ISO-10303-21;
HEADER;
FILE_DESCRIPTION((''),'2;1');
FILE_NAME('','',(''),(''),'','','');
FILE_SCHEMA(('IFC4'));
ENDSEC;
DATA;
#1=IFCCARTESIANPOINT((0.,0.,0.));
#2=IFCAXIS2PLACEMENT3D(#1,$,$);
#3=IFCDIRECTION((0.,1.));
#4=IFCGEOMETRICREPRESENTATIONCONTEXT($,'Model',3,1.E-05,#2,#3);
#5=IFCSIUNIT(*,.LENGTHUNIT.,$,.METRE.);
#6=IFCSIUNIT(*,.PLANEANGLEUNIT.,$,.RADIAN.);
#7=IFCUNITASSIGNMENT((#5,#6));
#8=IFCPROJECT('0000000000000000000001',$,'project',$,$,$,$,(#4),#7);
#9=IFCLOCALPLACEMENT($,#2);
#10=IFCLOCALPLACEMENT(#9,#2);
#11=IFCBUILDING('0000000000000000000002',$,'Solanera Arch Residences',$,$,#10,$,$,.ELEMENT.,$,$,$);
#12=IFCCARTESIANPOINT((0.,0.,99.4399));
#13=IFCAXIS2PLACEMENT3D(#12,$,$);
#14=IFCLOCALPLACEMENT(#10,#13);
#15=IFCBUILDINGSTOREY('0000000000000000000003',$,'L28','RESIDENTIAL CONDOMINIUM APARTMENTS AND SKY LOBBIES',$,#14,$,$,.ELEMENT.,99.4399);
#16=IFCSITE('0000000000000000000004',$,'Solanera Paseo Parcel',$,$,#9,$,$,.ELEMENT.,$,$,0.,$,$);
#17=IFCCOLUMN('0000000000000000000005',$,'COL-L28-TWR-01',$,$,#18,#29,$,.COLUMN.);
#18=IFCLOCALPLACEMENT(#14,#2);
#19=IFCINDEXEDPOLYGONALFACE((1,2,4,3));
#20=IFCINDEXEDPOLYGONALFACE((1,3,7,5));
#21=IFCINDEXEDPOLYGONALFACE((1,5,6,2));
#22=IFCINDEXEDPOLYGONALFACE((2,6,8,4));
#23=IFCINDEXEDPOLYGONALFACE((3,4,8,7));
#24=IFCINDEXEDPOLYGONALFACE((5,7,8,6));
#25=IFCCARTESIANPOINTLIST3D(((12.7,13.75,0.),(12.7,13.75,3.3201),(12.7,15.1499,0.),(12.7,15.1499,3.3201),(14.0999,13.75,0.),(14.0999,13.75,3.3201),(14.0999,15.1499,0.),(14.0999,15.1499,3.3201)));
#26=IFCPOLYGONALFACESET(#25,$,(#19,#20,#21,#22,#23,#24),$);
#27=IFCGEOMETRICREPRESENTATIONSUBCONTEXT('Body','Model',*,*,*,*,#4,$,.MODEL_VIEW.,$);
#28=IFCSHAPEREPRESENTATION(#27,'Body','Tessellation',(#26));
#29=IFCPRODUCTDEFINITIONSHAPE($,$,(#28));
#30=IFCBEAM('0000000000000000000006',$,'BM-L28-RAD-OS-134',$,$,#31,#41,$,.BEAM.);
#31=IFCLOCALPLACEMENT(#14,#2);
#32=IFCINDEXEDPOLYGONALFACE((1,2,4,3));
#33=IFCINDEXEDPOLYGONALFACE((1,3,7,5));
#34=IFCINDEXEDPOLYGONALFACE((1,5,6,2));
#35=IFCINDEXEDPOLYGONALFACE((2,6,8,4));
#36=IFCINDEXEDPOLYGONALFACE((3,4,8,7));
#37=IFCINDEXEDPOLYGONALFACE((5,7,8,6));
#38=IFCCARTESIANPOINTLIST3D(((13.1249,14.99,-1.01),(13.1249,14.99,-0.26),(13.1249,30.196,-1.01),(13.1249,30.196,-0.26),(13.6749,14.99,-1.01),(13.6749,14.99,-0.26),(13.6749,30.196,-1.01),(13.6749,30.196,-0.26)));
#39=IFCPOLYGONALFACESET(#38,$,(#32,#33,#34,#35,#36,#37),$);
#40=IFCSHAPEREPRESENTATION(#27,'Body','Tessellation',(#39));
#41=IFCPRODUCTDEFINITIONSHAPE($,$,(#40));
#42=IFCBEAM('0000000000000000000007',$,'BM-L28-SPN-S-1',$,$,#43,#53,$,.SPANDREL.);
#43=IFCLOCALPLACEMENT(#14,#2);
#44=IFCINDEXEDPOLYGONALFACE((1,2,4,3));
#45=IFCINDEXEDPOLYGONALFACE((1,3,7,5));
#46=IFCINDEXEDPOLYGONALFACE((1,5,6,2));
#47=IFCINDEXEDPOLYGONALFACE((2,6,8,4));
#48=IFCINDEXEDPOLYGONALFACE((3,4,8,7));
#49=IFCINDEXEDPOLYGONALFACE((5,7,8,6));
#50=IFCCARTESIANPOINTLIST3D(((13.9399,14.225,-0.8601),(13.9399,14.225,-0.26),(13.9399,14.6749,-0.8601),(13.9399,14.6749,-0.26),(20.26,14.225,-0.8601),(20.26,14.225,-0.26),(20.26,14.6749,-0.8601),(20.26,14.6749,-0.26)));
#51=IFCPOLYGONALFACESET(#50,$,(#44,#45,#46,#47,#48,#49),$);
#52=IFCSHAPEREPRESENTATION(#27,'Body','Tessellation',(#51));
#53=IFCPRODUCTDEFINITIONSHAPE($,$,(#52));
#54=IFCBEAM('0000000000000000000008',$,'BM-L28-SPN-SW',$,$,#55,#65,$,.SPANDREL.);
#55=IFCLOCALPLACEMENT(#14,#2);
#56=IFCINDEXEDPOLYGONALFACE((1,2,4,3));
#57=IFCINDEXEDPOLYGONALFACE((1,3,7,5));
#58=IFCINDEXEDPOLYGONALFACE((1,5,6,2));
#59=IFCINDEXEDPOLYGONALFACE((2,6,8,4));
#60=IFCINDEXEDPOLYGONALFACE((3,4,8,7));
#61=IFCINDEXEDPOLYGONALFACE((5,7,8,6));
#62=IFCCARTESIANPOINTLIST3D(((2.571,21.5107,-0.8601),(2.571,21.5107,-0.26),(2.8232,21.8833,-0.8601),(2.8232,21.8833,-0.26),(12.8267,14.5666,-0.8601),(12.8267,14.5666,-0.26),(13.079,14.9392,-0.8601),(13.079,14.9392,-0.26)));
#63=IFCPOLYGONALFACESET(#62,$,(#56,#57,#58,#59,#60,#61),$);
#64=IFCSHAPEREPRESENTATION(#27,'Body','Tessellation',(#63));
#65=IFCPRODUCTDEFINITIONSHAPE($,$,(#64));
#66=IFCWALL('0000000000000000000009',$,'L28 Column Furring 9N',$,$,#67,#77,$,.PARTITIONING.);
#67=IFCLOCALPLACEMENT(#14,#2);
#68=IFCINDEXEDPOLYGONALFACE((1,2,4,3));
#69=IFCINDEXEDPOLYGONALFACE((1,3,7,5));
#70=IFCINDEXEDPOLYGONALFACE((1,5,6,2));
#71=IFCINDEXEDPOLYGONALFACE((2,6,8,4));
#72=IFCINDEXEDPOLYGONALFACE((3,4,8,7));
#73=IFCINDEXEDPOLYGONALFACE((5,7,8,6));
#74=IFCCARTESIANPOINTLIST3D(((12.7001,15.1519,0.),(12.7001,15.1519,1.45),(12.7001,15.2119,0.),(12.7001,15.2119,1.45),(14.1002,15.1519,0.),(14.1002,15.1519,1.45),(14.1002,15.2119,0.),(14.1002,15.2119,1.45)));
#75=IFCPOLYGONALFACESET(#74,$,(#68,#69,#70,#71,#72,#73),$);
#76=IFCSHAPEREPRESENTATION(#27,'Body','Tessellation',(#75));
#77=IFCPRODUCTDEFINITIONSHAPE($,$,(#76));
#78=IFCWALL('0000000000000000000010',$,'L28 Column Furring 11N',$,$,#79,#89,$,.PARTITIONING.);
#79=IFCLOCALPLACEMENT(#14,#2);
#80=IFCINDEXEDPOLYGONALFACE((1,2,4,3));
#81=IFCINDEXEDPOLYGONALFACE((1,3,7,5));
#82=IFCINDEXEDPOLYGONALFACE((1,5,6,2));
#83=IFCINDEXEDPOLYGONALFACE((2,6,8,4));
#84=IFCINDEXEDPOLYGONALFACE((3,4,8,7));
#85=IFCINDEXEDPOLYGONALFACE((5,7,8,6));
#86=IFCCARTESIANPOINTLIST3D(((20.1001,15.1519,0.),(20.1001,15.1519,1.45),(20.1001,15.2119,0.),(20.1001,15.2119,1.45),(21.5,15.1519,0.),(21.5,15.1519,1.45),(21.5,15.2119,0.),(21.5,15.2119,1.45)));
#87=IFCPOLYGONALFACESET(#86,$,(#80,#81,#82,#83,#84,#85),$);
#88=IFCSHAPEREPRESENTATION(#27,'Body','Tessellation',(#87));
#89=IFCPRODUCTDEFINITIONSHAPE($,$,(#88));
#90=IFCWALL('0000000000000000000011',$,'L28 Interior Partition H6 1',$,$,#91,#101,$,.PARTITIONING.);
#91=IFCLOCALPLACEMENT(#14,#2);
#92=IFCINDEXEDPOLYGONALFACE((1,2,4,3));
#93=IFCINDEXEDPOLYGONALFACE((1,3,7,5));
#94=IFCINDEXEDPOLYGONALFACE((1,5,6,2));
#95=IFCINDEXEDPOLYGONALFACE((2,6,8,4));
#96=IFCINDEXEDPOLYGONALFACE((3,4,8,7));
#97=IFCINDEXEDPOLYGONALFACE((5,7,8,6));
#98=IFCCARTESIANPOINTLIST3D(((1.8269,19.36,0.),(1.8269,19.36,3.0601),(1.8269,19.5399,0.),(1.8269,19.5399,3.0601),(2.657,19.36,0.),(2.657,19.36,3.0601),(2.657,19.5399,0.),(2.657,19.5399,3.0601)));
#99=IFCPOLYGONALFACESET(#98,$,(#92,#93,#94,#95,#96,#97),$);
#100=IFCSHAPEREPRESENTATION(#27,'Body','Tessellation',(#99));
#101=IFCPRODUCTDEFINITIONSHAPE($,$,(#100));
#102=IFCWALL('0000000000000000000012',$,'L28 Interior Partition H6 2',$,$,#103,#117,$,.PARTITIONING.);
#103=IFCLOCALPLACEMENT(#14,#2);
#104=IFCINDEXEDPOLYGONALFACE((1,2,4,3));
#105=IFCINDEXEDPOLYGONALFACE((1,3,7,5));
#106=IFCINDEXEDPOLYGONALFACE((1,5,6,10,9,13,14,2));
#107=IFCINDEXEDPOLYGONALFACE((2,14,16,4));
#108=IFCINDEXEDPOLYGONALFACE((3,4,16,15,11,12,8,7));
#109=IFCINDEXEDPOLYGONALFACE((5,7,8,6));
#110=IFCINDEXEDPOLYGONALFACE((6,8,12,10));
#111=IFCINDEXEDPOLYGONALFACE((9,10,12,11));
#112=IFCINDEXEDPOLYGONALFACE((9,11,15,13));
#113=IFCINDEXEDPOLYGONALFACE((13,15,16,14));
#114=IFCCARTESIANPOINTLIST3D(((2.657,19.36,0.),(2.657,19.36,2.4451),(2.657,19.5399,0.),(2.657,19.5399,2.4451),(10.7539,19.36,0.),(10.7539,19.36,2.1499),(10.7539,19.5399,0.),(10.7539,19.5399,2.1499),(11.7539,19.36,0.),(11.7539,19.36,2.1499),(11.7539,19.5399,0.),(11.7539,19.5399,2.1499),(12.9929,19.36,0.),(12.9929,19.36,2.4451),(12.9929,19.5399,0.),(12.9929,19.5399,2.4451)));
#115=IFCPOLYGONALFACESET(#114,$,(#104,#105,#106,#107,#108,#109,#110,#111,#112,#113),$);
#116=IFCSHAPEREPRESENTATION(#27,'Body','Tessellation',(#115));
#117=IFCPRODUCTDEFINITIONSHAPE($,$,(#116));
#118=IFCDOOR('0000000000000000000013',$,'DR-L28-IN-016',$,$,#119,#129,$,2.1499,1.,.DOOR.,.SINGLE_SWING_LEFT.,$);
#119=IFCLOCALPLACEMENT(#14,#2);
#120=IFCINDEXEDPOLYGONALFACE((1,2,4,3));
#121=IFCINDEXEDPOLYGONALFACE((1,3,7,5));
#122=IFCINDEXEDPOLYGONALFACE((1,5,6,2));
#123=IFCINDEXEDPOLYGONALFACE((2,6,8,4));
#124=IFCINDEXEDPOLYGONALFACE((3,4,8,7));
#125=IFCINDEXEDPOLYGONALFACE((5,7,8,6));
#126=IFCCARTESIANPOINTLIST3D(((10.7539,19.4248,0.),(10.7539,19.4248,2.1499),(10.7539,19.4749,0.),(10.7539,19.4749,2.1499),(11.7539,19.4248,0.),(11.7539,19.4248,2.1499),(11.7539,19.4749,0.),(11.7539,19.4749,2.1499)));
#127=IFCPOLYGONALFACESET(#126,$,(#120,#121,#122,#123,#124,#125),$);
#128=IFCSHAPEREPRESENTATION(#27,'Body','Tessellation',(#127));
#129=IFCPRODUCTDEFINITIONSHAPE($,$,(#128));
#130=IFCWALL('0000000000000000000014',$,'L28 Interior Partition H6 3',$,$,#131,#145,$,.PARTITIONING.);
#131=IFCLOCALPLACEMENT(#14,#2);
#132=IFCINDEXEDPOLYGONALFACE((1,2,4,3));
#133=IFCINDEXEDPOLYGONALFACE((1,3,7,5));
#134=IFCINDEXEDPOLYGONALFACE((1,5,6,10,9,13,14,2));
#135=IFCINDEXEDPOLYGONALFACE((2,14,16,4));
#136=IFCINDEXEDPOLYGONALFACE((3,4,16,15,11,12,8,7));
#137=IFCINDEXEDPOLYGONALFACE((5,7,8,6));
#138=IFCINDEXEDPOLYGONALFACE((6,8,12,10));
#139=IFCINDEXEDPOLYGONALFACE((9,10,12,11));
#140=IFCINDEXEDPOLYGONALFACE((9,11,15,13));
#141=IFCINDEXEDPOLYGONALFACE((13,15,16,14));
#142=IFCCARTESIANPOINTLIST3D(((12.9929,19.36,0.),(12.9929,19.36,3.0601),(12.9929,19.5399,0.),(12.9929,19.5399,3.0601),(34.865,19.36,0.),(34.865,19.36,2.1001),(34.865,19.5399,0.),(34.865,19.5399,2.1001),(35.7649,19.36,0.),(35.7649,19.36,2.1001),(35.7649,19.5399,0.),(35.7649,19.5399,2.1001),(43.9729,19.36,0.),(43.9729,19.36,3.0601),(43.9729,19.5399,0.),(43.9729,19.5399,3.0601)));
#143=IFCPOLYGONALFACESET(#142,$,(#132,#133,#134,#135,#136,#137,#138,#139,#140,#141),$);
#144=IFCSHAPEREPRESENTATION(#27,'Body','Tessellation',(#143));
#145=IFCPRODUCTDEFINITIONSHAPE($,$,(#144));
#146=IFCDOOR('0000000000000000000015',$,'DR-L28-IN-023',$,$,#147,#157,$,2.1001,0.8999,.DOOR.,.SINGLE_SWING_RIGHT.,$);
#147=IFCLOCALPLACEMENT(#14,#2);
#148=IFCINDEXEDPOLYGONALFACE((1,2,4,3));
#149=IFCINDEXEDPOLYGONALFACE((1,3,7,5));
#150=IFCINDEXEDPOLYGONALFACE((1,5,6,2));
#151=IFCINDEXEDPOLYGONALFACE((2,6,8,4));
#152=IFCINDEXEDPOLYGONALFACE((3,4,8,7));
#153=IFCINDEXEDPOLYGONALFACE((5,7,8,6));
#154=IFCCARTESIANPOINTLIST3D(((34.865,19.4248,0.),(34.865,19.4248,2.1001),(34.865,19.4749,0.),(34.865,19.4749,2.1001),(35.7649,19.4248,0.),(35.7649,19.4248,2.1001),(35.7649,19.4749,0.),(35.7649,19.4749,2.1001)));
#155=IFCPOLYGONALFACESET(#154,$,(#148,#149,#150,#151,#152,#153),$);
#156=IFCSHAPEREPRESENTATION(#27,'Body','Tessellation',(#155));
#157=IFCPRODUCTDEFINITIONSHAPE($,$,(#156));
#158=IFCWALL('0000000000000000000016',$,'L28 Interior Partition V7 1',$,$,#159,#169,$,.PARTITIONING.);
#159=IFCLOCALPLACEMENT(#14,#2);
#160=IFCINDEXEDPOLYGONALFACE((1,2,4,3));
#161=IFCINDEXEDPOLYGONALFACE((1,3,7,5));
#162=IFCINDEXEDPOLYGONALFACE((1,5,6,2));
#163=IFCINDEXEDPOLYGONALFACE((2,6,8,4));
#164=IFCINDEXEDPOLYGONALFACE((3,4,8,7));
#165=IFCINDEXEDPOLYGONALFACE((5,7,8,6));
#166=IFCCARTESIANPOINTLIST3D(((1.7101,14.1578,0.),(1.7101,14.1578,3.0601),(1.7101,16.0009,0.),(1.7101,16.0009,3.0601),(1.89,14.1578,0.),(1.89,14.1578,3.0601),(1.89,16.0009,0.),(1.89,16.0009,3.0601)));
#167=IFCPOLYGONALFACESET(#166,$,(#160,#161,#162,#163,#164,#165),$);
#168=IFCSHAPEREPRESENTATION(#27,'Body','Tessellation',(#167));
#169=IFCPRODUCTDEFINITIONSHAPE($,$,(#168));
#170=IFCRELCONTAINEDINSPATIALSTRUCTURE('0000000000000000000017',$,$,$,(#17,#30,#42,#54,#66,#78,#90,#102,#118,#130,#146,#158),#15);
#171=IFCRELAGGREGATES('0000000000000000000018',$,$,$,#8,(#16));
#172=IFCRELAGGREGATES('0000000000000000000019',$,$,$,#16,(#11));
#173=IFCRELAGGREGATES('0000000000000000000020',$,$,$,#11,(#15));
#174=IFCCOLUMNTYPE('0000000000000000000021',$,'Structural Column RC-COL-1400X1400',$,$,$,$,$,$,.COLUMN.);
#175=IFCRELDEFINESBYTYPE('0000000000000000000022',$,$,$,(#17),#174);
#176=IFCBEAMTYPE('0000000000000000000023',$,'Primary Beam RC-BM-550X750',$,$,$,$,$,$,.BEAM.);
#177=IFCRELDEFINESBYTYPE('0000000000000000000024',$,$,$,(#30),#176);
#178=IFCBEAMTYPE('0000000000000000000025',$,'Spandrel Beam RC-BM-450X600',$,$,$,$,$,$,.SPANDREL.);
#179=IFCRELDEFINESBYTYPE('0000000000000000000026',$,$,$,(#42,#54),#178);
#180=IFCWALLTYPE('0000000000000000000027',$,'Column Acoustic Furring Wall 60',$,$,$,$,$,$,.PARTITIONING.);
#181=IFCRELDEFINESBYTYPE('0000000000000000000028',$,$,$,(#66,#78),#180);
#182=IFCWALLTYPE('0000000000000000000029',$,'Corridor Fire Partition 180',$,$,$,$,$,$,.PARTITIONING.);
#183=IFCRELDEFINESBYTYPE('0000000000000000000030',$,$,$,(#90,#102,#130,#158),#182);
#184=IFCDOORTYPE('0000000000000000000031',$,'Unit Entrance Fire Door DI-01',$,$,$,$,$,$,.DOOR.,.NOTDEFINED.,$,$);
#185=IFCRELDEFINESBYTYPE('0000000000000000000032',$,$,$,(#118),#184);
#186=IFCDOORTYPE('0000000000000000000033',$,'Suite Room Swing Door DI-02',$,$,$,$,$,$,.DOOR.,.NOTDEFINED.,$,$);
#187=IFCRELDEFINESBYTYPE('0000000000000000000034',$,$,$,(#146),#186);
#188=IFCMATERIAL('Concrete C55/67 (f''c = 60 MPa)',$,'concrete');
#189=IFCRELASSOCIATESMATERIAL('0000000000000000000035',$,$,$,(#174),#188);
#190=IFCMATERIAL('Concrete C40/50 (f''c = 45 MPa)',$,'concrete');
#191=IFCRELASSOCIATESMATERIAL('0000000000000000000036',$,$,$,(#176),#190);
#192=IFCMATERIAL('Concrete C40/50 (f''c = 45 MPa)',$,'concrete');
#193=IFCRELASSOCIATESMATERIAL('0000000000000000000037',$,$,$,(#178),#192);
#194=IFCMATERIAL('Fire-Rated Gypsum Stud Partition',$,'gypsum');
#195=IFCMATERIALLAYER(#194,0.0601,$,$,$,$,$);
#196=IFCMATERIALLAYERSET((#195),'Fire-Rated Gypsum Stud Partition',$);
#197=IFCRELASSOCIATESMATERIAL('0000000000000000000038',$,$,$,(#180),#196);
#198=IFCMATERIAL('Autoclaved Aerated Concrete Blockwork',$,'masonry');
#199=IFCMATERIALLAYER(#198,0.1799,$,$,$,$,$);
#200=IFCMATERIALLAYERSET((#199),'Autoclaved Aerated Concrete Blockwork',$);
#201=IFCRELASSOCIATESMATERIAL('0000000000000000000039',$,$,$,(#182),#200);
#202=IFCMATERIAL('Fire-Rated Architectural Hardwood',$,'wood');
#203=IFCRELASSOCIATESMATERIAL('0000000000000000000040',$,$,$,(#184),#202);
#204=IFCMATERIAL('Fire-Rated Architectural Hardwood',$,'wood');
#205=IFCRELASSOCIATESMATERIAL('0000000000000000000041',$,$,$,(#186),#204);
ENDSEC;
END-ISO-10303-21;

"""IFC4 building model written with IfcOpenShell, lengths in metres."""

from ifc_helpers import new_model, si_unit, direction, frame, frame_2d, origin, origin_2d, place, context, subcontext, project, spatial, rectangle, extrude, material, layer, layer_set, material_profile, profile_set, type_object, element, fill, save


model = new_model("IFC4")

# Units and contexts
model_context = context("Model", 3, precision=1e-05, world=origin(), true_north=direction((0.0, 1.0)))
body_context = subcontext(model_context, "Body", "Model", "MODEL_VIEW")
ifc_project = project(units=[si_unit("LENGTHUNIT", "METRE"), si_unit("PLANEANGLEUNIT", "RADIAN")], contexts=[model_context])

# Site, building, storey
site_placement = place(None, origin())
site = spatial("IfcSite", under=ifc_project, at=site_placement, Name="Solanera Paseo Parcel", CompositionType="ELEMENT", RefElevation=0.0)
building_placement = place(site_placement, origin())
building = spatial("IfcBuilding", under=site, at=building_placement, Name="Solanera Arch Residences", CompositionType="ELEMENT")
storey_placement = place(building_placement, frame((0.0, 0.0, 99.4399)))
storey = spatial("IfcBuildingStorey", under=building, at=storey_placement, Name="L28", Description="RESIDENTIAL CONDOMINIUM APARTMENTS AND SKY LOBBIES", CompositionType="ELEMENT", Elevation=99.4399)

# Column
ifc_material_1 = material(Name="Concrete C55/67 (f'c = 60 MPa)", Category="concrete")
ifc_material_profile_1 = material_profile(ifc_material_1, rectangle(XDim=1.3999, YDim=1.3999, at=origin_2d()))
ifc_profile_set_1 = profile_set([ifc_material_profile_1], Name="Concrete C55/67 (f'c = 60 MPa)")
column_type = type_object("IfcColumnType", Name="Structural Column RC-COL-1400X1400", PredefinedType="COLUMN", material=ifc_profile_set_1)
column_placement = place(storey_placement, frame((13.3999, 14.45, 0.0), z_axis=(0.0, 0.0, 1.0), x_axis=(1.0, 0.0, 0.0)))
element("IfcColumn", 1, at=column_placement, inside=storey, type_object=column_type, Name="COL-L28-TWR-01", PredefinedType="COLUMN", context=body_context, shape_type="SweptSolid", body=[
    extrude(rectangle(XDim=1.3999, YDim=1.3999, at=origin_2d()), origin(), (0.0, 0.0, 1.0), 3.3201),
])

# Beams
ifc_material_2 = material(Name="Concrete C40/50 (f'c = 45 MPa)", Category="concrete")
ifc_material_profile_2 = material_profile(ifc_material_2, rectangle(XDim=0.55, YDim=0.75, at=origin_2d()))
ifc_profile_set_2 = profile_set([ifc_material_profile_2], Name="Concrete C40/50 (f'c = 45 MPa)")
beam_type_1 = type_object("IfcBeamType", Name="Primary Beam RC-BM-550X750", PredefinedType="BEAM", material=ifc_profile_set_2)
beam_1_placement = place(storey_placement, frame((13.3999, 14.99, -0.635), z_axis=(0.0, 1.0, 0.0), x_axis=(-1.0, 0.0, 0.0)))
element("IfcBeam", 2, at=beam_1_placement, inside=storey, type_object=beam_type_1, Name="BM-L28-RAD-OS-134", PredefinedType="BEAM", context=body_context, shape_type="SweptSolid", body=[
    extrude(rectangle(XDim=0.55, YDim=0.75, at=origin_2d()), origin(), (0.0, 0.0, 1.0), 15.2061),
])
ifc_material_3 = material(Name="Concrete C40/50 (f'c = 45 MPa)", Category="concrete")
ifc_material_profile_3 = material_profile(ifc_material_3, rectangle(XDim=0.45, YDim=0.6001, at=origin_2d()))
ifc_profile_set_3 = profile_set([ifc_material_profile_3], Name="Concrete C40/50 (f'c = 45 MPa)")
beam_type_2 = type_object("IfcBeamType", Name="Spandrel Beam RC-BM-450X600", PredefinedType="SPANDREL", material=ifc_profile_set_3)
beam_2_placement = place(storey_placement, frame((13.9399, 14.45, -0.5601), z_axis=(1.0, 0.0, 0.0), x_axis=(0.0, 1.0, 0.0)))
element("IfcBeam", 3, at=beam_2_placement, inside=storey, type_object=beam_type_2, Name="BM-L28-SPN-S-1", PredefinedType="SPANDREL", context=body_context, shape_type="SweptSolid", body=[
    extrude(rectangle(XDim=0.45, YDim=0.6001, at=origin_2d()), origin(), (0.0, 0.0, 1.0), 6.3201),
])
beam_3_placement = place(storey_placement, frame((12.9529, 14.7529, -0.5601), z_axis=(-0.828047, 0.560659, 0.0), x_axis=(-0.560659, -0.828047, 0.0)))
element("IfcBeam", 4, at=beam_3_placement, inside=storey, type_object=beam_type_2, Name="BM-L28-SPN-SW", PredefinedType="SPANDREL", context=body_context, shape_type="SweptSolid", body=[
    extrude(rectangle(XDim=0.45, YDim=0.6001, at=origin_2d()), origin(), (0.0, 0.0, 1.0), 12.3855),
])

# Walls
ifc_material_4 = material(Name="Fire-Rated Gypsum Stud Partition", Category="gypsum")
ifc_layer_1 = layer(ifc_material_4, 0.0601)
ifc_layer_set_1 = layer_set([ifc_layer_1], Name="Fire-Rated Gypsum Stud Partition")
wall_type_1 = type_object("IfcWallType", Name="Column Acoustic Furring Wall 60", PredefinedType="PARTITIONING", material=ifc_layer_set_1)
wall_1_placement = place(storey_placement, frame((12.7, 15.1819, 0.0), z_axis=(0.0, 0.0, 1.0), x_axis=(1.0, 0.0, 0.0)))
element("IfcWall", 5, at=wall_1_placement, inside=storey, type_object=wall_type_1, Name="L28 Column Furring 9N", PredefinedType="PARTITIONING", context=body_context, shape_type="SweptSolid", body=[
    extrude(rectangle(XDim=1.4001, YDim=0.0601, at=frame_2d((0.7002, 0.0))), origin(), (0.0, 0.0, 1.0), 1.45),
])
wall_2_placement = place(storey_placement, frame((20.1001, 15.1819, 0.0), z_axis=(0.0, 0.0, 1.0), x_axis=(1.0, 0.0, 0.0)))
element("IfcWall", 6, at=wall_2_placement, inside=storey, type_object=wall_type_1, Name="L28 Column Furring 11N", PredefinedType="PARTITIONING", context=body_context, shape_type="SweptSolid", body=[
    extrude(rectangle(XDim=1.3999, YDim=0.0601, at=frame_2d((0.7, 0.0))), origin(), (0.0, 0.0, 1.0), 1.45),
])
ifc_material_5 = material(Name="Autoclaved Aerated Concrete Blockwork", Category="masonry")
ifc_layer_2 = layer(ifc_material_5, 0.1799)
ifc_layer_set_2 = layer_set([ifc_layer_2], Name="Autoclaved Aerated Concrete Blockwork")
wall_type_2 = type_object("IfcWallType", Name="Corridor Fire Partition 180", PredefinedType="PARTITIONING", material=ifc_layer_set_2)
wall_3_placement = place(storey_placement, frame((1.8269, 19.45, 0.0), z_axis=(0.0, 0.0, 1.0), x_axis=(1.0, 0.0, 0.0)))
element("IfcWall", 7, at=wall_3_placement, inside=storey, type_object=wall_type_2, Name="L28 Interior Partition H6 1", PredefinedType="PARTITIONING", context=body_context, shape_type="SweptSolid", body=[
    extrude(rectangle(XDim=0.8301, YDim=0.1799, at=frame_2d((0.415, 0.0))), origin(), (0.0, 0.0, 1.0), 3.0601),
])

# Walls, openings, doors
wall_4_placement = place(storey_placement, frame((2.657, 19.45, 0.0), z_axis=(0.0, 0.0, 1.0), x_axis=(1.0, 0.0, 0.0)))
wall_4 = element("IfcWall", 8, at=wall_4_placement, inside=storey, type_object=wall_type_2, Name="L28 Interior Partition H6 2", PredefinedType="PARTITIONING", context=body_context, shape_type="SweptSolid", body=[
    extrude(rectangle(XDim=10.3359, YDim=0.1799, at=frame_2d((5.168, 0.0))), origin(), (0.0, 0.0, 1.0), 2.4451),
])
opening_1_placement = place(wall_4_placement, frame((8.0969, 0.0, 0.0)))
opening_1 = element("IfcOpeningElement", 9, at=opening_1_placement, cuts=wall_4, PredefinedType="OPENING", context=body_context, shape_type="SweptSolid", body=[
    extrude(rectangle(XDim=1.0, YDim=2.1499, at=frame_2d((0.5, 1.075))), frame((0.0, 0.1001, 0.0), z_axis=(0.0, -1.0, 0.0), x_axis=(1.0, 0.0, 0.0)), (0.0, 0.0, 1.0), 0.1999),
])
ifc_material_6 = material(Name="Fire-Rated Architectural Hardwood", Category="wood")
door_type_1 = type_object("IfcDoorType", Name="Unit Entrance Fire Door DI-01", OperationType="NOTDEFINED", PredefinedType="DOOR", material=ifc_material_6)
door_1_placement = place(opening_1_placement, origin())
door_1 = element("IfcDoor", 10, at=door_1_placement, inside=storey, type_object=door_type_1, Name="DR-L28-IN-016", OperationType="SINGLE_SWING_LEFT", OverallHeight=2.1499, OverallWidth=1.0, PredefinedType="DOOR", context=body_context, shape_type="SweptSolid", body=[
    extrude(rectangle(XDim=1.0, YDim=2.1499, at=frame_2d((0.5, 1.075))), frame((0.0, 0.0249, 0.0), z_axis=(0.0, -1.0, 0.0), x_axis=(1.0, 0.0, 0.0)), (0.0, 0.0, 1.0), 0.05),
])
fill(opening_1, door_1)
wall_5_placement = place(storey_placement, frame((12.9929, 19.45, 0.0), z_axis=(0.0, 0.0, 1.0), x_axis=(1.0, 0.0, 0.0)))
wall_5 = element("IfcWall", 11, at=wall_5_placement, inside=storey, type_object=wall_type_2, Name="L28 Interior Partition H6 3", PredefinedType="PARTITIONING", context=body_context, shape_type="SweptSolid", body=[
    extrude(rectangle(XDim=30.98, YDim=0.1799, at=frame_2d((15.49, 0.0))), origin(), (0.0, 0.0, 1.0), 3.0601),
])
opening_2_placement = place(wall_5_placement, frame((21.8721, 0.0, 0.0)))
opening_2 = element("IfcOpeningElement", 12, at=opening_2_placement, cuts=wall_5, PredefinedType="OPENING", context=body_context, shape_type="SweptSolid", body=[
    extrude(rectangle(XDim=0.8999, YDim=2.1001, at=frame_2d((0.45, 1.05))), frame((0.0, 0.1001, 0.0), z_axis=(0.0, -1.0, 0.0), x_axis=(1.0, 0.0, 0.0)), (0.0, 0.0, 1.0), 0.1999),
])
ifc_material_7 = material(Name="Fire-Rated Architectural Hardwood", Category="wood")
door_type_2 = type_object("IfcDoorType", Name="Suite Room Swing Door DI-02", OperationType="NOTDEFINED", PredefinedType="DOOR", material=ifc_material_7)
door_2_placement = place(opening_2_placement, origin())
door_2 = element("IfcDoor", 13, at=door_2_placement, inside=storey, type_object=door_type_2, Name="DR-L28-IN-023", OperationType="SINGLE_SWING_RIGHT", OverallHeight=2.1001, OverallWidth=0.8999, PredefinedType="DOOR", context=body_context, shape_type="SweptSolid", body=[
    extrude(rectangle(XDim=0.8999, YDim=2.1001, at=frame_2d((0.45, 1.05))), frame((0.0, 0.0249, 0.0), z_axis=(0.0, -1.0, 0.0), x_axis=(1.0, 0.0, 0.0)), (0.0, 0.0, 1.0), 0.05),
])
fill(opening_2, door_2)

# Wall
wall_6_placement = place(storey_placement, frame((1.8, 14.158, 0.0), z_axis=(0.0, 0.0, 1.0), x_axis=(0.0, 1.0, 0.0)))
element("IfcWall", 14, at=wall_6_placement, inside=storey, type_object=wall_type_2, Name="L28 Interior Partition V7 1", PredefinedType="PARTITIONING", context=body_context, shape_type="SweptSolid", body=[
    extrude(rectangle(XDim=1.843, YDim=0.1799, at=frame_2d((0.9214, 0.0))), origin(), (0.0, 0.0, 1.0), 3.0601),
])

save(model, "model.ifc")
